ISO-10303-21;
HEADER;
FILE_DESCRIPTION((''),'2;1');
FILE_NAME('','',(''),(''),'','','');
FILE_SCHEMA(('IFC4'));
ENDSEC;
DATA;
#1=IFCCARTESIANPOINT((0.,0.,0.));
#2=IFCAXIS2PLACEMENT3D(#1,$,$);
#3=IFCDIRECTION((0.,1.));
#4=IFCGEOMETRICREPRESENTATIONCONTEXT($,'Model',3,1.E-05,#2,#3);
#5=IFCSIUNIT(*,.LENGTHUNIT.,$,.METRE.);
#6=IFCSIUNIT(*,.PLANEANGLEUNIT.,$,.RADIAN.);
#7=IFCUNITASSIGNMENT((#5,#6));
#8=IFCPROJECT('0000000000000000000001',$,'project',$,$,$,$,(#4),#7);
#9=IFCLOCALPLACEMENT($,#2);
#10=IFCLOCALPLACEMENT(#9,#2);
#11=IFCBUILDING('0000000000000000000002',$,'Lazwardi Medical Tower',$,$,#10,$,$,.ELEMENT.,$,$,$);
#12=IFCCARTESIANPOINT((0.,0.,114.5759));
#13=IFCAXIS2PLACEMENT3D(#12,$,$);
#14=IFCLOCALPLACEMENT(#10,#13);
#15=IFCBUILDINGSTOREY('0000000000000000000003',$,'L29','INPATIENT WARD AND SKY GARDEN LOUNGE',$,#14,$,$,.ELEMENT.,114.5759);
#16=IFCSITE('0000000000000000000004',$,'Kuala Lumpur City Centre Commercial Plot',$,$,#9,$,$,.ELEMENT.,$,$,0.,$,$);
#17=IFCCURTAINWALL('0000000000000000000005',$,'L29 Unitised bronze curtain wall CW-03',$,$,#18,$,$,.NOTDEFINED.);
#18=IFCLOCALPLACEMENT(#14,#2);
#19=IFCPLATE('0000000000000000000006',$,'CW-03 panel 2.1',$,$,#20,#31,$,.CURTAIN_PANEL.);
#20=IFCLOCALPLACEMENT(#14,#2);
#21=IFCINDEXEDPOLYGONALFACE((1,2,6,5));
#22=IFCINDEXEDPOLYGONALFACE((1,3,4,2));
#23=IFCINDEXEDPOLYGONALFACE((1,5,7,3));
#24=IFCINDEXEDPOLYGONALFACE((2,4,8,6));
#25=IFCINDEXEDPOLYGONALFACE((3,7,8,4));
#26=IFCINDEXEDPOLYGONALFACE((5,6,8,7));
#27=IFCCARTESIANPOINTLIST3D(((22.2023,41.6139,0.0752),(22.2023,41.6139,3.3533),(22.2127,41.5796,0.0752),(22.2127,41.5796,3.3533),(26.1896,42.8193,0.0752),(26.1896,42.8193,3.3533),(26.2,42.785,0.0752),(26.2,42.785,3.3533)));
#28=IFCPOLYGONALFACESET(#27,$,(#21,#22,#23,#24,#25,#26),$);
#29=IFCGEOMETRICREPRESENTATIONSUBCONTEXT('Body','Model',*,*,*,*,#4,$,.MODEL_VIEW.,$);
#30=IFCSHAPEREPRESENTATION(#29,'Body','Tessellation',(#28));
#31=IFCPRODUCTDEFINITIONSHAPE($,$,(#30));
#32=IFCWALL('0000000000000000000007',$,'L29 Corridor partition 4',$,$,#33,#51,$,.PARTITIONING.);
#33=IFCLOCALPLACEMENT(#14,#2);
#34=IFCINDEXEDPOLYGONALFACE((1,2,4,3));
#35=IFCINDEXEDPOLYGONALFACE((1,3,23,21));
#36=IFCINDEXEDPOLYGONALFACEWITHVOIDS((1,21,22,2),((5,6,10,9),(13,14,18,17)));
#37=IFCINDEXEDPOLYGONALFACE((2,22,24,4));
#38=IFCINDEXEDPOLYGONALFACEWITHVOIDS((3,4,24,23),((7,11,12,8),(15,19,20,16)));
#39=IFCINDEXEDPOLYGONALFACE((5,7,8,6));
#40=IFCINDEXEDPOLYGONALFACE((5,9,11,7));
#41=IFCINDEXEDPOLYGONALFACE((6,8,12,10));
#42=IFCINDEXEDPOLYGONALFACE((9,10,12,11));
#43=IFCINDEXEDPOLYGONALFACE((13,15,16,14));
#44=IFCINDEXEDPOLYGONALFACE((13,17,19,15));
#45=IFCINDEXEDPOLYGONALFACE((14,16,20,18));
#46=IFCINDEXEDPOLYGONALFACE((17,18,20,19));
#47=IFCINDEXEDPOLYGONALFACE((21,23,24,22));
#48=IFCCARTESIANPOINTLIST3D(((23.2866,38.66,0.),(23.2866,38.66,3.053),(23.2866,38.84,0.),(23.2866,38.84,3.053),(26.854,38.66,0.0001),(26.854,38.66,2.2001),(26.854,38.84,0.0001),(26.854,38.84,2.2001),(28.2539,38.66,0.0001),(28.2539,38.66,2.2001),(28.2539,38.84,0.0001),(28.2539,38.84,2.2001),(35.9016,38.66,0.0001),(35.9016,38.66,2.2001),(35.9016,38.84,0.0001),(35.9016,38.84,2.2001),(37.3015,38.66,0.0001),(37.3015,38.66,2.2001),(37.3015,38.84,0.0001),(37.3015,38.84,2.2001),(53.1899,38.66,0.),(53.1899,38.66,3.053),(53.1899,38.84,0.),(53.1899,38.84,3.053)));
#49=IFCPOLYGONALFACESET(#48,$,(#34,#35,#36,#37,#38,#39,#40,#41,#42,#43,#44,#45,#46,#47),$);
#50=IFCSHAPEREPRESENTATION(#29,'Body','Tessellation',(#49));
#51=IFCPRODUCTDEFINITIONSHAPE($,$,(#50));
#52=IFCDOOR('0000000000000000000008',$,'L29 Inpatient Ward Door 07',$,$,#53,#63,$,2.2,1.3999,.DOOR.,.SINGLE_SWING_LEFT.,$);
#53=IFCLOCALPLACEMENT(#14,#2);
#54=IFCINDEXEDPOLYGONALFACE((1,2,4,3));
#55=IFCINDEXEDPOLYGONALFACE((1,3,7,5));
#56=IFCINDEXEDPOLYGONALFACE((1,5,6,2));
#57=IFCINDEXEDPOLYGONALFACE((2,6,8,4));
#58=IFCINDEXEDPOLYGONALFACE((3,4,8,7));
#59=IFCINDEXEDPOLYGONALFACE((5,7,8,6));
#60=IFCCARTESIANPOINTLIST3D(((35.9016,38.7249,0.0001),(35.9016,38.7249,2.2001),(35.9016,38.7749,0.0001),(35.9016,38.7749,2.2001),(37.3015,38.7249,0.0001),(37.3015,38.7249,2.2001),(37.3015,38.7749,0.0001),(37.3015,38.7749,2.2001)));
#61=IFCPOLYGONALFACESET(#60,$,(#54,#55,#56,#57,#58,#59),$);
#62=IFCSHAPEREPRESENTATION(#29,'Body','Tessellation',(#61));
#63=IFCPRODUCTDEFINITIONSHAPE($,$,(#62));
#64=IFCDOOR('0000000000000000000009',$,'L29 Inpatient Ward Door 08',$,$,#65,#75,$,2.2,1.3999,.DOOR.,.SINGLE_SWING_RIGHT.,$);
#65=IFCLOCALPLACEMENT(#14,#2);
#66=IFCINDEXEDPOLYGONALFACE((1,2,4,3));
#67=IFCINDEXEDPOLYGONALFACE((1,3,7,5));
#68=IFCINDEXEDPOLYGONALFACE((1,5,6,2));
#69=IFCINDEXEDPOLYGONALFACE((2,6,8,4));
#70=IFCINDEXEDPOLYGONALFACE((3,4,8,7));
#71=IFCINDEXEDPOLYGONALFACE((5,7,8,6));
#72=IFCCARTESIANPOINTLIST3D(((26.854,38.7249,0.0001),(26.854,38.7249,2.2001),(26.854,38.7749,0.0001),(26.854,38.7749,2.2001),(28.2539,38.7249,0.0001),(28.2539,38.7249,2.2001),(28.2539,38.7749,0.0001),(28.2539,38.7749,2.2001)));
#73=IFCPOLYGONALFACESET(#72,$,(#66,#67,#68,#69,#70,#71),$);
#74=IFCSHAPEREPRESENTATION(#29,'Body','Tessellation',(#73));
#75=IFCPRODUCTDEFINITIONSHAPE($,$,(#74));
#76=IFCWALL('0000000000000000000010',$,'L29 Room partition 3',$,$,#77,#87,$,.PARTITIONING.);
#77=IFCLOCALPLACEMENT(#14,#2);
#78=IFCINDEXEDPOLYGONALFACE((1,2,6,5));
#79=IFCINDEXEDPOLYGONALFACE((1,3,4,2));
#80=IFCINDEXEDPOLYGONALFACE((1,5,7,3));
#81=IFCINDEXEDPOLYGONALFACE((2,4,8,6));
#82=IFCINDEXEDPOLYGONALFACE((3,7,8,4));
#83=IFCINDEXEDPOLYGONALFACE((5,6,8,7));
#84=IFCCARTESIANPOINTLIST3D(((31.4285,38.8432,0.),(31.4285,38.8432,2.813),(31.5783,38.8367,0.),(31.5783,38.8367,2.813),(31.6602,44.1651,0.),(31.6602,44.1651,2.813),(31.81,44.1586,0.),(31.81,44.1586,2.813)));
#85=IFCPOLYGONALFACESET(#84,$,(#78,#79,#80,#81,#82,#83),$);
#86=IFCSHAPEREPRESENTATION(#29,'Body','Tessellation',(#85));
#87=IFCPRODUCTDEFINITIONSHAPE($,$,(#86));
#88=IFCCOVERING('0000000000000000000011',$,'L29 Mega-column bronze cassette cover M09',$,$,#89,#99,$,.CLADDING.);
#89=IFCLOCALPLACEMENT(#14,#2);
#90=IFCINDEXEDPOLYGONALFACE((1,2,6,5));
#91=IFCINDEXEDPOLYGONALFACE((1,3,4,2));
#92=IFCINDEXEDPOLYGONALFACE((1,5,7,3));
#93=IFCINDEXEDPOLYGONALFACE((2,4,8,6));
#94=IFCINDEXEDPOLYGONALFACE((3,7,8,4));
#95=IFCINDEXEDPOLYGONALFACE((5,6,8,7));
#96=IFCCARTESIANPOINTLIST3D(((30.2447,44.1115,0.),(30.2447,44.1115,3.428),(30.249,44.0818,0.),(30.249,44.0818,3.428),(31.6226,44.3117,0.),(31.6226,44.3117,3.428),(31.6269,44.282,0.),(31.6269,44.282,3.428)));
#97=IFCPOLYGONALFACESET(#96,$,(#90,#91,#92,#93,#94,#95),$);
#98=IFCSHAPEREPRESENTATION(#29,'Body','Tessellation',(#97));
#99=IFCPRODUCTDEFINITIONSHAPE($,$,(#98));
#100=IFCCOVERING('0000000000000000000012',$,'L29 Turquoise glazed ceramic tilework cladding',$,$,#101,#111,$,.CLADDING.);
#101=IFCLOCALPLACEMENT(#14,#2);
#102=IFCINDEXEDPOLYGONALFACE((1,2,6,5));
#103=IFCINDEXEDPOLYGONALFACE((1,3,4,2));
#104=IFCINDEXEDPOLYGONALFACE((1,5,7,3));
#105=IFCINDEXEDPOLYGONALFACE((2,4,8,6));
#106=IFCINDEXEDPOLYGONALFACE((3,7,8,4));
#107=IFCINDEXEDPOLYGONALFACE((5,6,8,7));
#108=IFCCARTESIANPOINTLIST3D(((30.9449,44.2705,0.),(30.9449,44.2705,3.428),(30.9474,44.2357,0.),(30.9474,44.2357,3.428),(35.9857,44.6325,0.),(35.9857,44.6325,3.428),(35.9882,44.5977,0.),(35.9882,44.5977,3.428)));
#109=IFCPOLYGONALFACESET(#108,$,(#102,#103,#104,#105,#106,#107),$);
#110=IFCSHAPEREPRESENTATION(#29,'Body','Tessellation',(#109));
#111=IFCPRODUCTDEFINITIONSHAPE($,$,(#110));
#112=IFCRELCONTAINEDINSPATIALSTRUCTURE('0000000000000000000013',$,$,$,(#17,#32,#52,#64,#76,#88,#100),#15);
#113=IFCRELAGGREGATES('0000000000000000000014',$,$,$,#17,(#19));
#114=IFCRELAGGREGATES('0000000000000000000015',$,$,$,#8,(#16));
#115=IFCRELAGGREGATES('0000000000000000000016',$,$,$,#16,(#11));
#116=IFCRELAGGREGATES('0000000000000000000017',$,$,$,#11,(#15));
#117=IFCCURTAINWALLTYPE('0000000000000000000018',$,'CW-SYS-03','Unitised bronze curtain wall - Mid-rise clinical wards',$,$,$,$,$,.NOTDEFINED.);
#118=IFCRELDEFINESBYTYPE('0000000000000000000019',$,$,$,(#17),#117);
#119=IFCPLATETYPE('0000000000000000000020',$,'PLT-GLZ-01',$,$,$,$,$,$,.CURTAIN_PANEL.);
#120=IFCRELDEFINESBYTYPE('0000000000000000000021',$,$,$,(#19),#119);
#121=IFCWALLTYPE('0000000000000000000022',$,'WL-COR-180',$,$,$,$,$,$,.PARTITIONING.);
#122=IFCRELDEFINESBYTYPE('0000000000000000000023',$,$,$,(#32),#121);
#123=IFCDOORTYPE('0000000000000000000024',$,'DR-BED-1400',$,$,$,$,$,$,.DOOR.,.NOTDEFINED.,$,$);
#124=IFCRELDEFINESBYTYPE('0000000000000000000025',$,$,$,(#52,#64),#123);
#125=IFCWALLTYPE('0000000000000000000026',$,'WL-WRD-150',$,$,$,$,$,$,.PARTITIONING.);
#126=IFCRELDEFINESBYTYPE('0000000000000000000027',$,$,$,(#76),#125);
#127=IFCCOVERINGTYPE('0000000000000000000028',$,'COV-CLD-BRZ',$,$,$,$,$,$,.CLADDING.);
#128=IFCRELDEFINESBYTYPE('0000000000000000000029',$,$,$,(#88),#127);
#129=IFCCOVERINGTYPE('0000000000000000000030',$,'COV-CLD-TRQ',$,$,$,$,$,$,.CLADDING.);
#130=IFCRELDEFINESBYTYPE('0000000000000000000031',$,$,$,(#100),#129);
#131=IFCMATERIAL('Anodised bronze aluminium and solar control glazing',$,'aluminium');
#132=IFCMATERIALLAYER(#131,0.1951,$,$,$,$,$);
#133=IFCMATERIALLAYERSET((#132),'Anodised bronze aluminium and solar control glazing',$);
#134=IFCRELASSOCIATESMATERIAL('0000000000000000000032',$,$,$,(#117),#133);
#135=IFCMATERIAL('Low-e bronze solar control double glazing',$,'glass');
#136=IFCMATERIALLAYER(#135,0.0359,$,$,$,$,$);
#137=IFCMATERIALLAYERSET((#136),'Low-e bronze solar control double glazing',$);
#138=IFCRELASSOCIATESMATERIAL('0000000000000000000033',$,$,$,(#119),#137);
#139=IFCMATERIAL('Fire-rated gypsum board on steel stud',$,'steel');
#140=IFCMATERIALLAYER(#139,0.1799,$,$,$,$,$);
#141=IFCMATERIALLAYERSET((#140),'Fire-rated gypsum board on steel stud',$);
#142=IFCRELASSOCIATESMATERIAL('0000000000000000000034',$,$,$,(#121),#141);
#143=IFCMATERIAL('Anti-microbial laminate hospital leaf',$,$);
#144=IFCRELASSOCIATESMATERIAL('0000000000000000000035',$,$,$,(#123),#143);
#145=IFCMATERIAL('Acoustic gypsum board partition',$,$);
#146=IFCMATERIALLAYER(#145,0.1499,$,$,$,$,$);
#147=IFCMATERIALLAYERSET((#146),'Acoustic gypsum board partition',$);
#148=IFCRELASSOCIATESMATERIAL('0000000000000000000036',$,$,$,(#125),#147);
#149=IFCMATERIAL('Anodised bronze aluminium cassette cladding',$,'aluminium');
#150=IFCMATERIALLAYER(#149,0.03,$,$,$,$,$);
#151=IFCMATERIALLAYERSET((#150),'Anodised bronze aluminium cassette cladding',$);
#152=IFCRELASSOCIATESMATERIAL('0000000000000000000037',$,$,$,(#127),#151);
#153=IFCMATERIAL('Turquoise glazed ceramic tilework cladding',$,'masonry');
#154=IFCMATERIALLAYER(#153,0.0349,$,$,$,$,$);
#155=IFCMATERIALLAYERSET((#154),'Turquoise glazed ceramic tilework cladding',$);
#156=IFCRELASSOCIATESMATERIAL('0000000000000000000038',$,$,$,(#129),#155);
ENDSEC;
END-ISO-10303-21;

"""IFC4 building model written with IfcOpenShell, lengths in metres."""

from ifc_helpers import new_model, si_unit, direction, frame, frame_2d, origin, origin_2d, place, context, subcontext, project, spatial, rectangle, extrude, material, layer, layer_set, type_object, element, fill, aggregate, save


model = new_model("IFC4")

# Units and contexts
model_context = context("Model", 3, precision=1e-05, world=origin(), true_north=direction((0.0, 1.0)))
body_context = subcontext(model_context, "Body", "Model", "MODEL_VIEW")
ifc_project = project(units=[si_unit("LENGTHUNIT", "METRE"), si_unit("PLANEANGLEUNIT", "RADIAN")], contexts=[model_context])

# Site, building, storey
site_placement = place(None, origin())
site = spatial("IfcSite", under=ifc_project, at=site_placement, Name="Kuala Lumpur City Centre Commercial Plot", CompositionType="ELEMENT", RefElevation=0.0)
building_placement = place(site_placement, origin())
building = spatial("IfcBuilding", under=site, at=building_placement, Name="Lazwardi Medical Tower", CompositionType="ELEMENT")
storey_placement = place(building_placement, frame((0.0, 0.0, 114.5759)))
storey = spatial("IfcBuildingStorey", under=building, at=storey_placement, Name="L29", Description="INPATIENT WARD AND SKY GARDEN LOUNGE", CompositionType="ELEMENT", Elevation=114.5759)

# Curtain wall
ifc_material_1 = material(Name="Anodised bronze aluminium and solar control glazing", Category="aluminium")
ifc_layer_1 = layer(ifc_material_1, 0.1951)
ifc_layer_set_1 = layer_set([ifc_layer_1], Name="Anodised bronze aluminium and solar control glazing")
curtain_wall_type_1 = type_object("IfcCurtainWallType", Name="CW-SYS-03", Description="Unitised bronze curtain wall - Mid-rise clinical wards", PredefinedType="NOTDEFINED", material=ifc_layer_set_1)
curtain_wall_1_placement = place(storey_placement, origin())
curtain_wall_1 = element("IfcCurtainWall", 1, at=curtain_wall_1_placement, inside=storey, type_object=curtain_wall_type_1, Name="L29 Unitised bronze curtain wall CW-03", PredefinedType="NOTDEFINED")

# Plate
ifc_material_2 = material(Name="Low-e bronze solar control double glazing", Category="glass")
ifc_layer_2 = layer(ifc_material_2, 0.0359)
ifc_layer_set_2 = layer_set([ifc_layer_2], Name="Low-e bronze solar control double glazing")
plate_type = type_object("IfcPlateType", Name="PLT-GLZ-01", PredefinedType="CURTAIN_PANEL", material=ifc_layer_set_2)
plate_1_placement = place(storey_placement, frame((24.2012, 42.1995, 0.0752), z_axis=(0.0, 0.0, 1.0), x_axis=(-0.957216, -0.289374, 0.0)))
plate_1 = element("IfcPlate", 2, at=plate_1_placement, type_object=plate_type, Name="CW-03 panel 2.1", PredefinedType="CURTAIN_PANEL", context=body_context, shape_type="SweptSolid", body=[
    extrude(rectangle(XDim=4.1655, YDim=0.0359, at=origin_2d()), origin(), (0.0, 0.0, 1.0), 3.2781),
])
aggregate(curtain_wall_1, [plate_1])

# Wall, openings, doors
ifc_material_3 = material(Name="Fire-rated gypsum board on steel stud", Category="steel")
ifc_layer_3 = layer(ifc_material_3, 0.1799)
ifc_layer_set_3 = layer_set([ifc_layer_3], Name="Fire-rated gypsum board on steel stud")
wall_type_1 = type_object("IfcWallType", Name="WL-COR-180", PredefinedType="PARTITIONING", material=ifc_layer_set_3)
wall_1_placement = place(storey_placement, frame((23.2866, 38.75, 0.0), z_axis=(0.0, 0.0, 1.0), x_axis=(1.0, 0.0, 0.0)))
wall_1 = element("IfcWall", 3, at=wall_1_placement, inside=storey, type_object=wall_type_1, Name="L29 Corridor partition 4", PredefinedType="PARTITIONING", context=body_context, shape_type="SweptSolid", body=[
    extrude(rectangle(XDim=29.9033, YDim=0.1799, at=frame_2d((14.9517, 0.0))), origin(), (0.0, 0.0, 1.0), 3.053),
])
opening_1_placement = place(wall_1_placement, frame((12.615, 0.0, 0.0)))
opening_1 = element("IfcOpeningElement", 4, at=opening_1_placement, cuts=wall_1, PredefinedType="OPENING", context=body_context, shape_type="SweptSolid", body=[
    extrude(rectangle(XDim=1.3999, YDim=2.2, at=frame_2d((0.7, 1.1001))), frame((0.0, 0.0999, 0.0), z_axis=(0.0, -1.0, 0.0), x_axis=(1.0, 0.0, 0.0)), (0.0, 0.0, 1.0), 0.2),
])
opening_2_placement = place(wall_1_placement, frame((3.5674, 0.0, 0.0)))
opening_2 = element("IfcOpeningElement", 5, at=opening_2_placement, cuts=wall_1, PredefinedType="OPENING", context=body_context, shape_type="SweptSolid", body=[
    extrude(rectangle(XDim=1.3999, YDim=2.2, at=frame_2d((0.7, 1.1001))), frame((0.0, 0.0999, 0.0), z_axis=(0.0, -1.0, 0.0), x_axis=(1.0, 0.0, 0.0)), (0.0, 0.0, 1.0), 0.2),
])
ifc_material_4 = material(Name="Anti-microbial laminate hospital leaf")
door_type = type_object("IfcDoorType", Name="DR-BED-1400", OperationType="NOTDEFINED", PredefinedType="DOOR", material=ifc_material_4)
door_1_placement = place(opening_1_placement, origin())
door_1 = element("IfcDoor", 6, at=door_1_placement, inside=storey, type_object=door_type, Name="L29 Inpatient Ward Door 07", OperationType="SINGLE_SWING_LEFT", OverallHeight=2.2, OverallWidth=1.3999, PredefinedType="DOOR", context=body_context, shape_type="SweptSolid", body=[
    extrude(rectangle(XDim=1.3999, YDim=2.2, at=frame_2d((0.7, 1.1001))), frame((0.0, 0.0249, 0.0), z_axis=(0.0, -1.0, 0.0), x_axis=(1.0, 0.0, 0.0)), (0.0, 0.0, 1.0), 0.05),
])
fill(opening_1, door_1)
door_2_placement = place(opening_2_placement, origin())
door_2 = element("IfcDoor", 7, at=door_2_placement, inside=storey, type_object=door_type, Name="L29 Inpatient Ward Door 08", OperationType="SINGLE_SWING_RIGHT", OverallHeight=2.2, OverallWidth=1.3999, PredefinedType="DOOR", context=body_context, shape_type="SweptSolid", body=[
    extrude(rectangle(XDim=1.3999, YDim=2.2, at=frame_2d((0.7, 1.1001))), frame((0.0, 0.0249, 0.0), z_axis=(0.0, -1.0, 0.0), x_axis=(1.0, 0.0, 0.0)), (0.0, 0.0, 1.0), 0.05),
])
fill(opening_2, door_2)

# Wall
ifc_material_5 = material(Name="Acoustic gypsum board partition")
ifc_layer_4 = layer(ifc_material_5, 0.1499)
ifc_layer_set_4 = layer_set([ifc_layer_4], Name="Acoustic gypsum board partition")
wall_type_2 = type_object("IfcWallType", Name="WL-WRD-150", PredefinedType="PARTITIONING", material=ifc_layer_set_4)
wall_2_placement = place(storey_placement, frame((31.5034, 38.8398, 0.0), z_axis=(0.0, 0.0, 1.0), x_axis=(0.043495, 0.999054, 0.0)))
element("IfcWall", 8, at=wall_2_placement, inside=storey, type_object=wall_type_2, Name="L29 Room partition 3", PredefinedType="PARTITIONING", context=body_context, shape_type="SweptSolid", body=[
    extrude(rectangle(XDim=5.3269, YDim=0.1499, at=frame_2d((2.6636, 0.0))), origin(), (0.0, 0.0, 1.0), 2.813),
])

# Coverings
ifc_material_6 = material(Name="Anodised bronze aluminium cassette cladding", Category="aluminium")
ifc_layer_5 = layer(ifc_material_6, 0.03)
ifc_layer_set_5 = layer_set([ifc_layer_5], Name="Anodised bronze aluminium cassette cladding")
covering_type_1 = type_object("IfcCoveringType", Name="COV-CLD-BRZ", PredefinedType="CLADDING", material=ifc_layer_set_5)
covering_1_placement = place(storey_placement, frame((30.9358, 44.1968, 0.0), z_axis=(0.0, 0.0, 1.0), x_axis=(-0.989609, -0.143785, 0.0)))
element("IfcCovering", 9, at=covering_1_placement, inside=storey, type_object=covering_type_1, Name="L29 Mega-column bronze cassette cover M09", PredefinedType="CLADDING", context=body_context, shape_type="SweptSolid", body=[
    extrude(rectangle(XDim=1.3923, YDim=0.03, at=origin_2d()), origin(), (0.0, 0.0, 1.0), 3.428),
])
ifc_material_7 = material(Name="Turquoise glazed ceramic tilework cladding", Category="masonry")
ifc_layer_6 = layer(ifc_material_7, 0.0349)
ifc_layer_set_6 = layer_set([ifc_layer_6], Name="Turquoise glazed ceramic tilework cladding")
covering_type_2 = type_object("IfcCoveringType", Name="COV-CLD-TRQ", PredefinedType="CLADDING", material=ifc_layer_set_6)
covering_2_placement = place(storey_placement, frame((33.4666, 44.4341, 0.0), z_axis=(0.0, 0.0, 1.0), x_axis=(-0.997431, -0.071631, 0.0)))
element("IfcCovering", 10, at=covering_2_placement, inside=storey, type_object=covering_type_2, Name="L29 Turquoise glazed ceramic tilework cladding", PredefinedType="CLADDING", context=body_context, shape_type="SweptSolid", body=[
    extrude(rectangle(XDim=5.0537, YDim=0.0349, at=origin_2d()), origin(), (0.0, 0.0, 1.0), 3.428),
])

save(model, "model.ifc")
